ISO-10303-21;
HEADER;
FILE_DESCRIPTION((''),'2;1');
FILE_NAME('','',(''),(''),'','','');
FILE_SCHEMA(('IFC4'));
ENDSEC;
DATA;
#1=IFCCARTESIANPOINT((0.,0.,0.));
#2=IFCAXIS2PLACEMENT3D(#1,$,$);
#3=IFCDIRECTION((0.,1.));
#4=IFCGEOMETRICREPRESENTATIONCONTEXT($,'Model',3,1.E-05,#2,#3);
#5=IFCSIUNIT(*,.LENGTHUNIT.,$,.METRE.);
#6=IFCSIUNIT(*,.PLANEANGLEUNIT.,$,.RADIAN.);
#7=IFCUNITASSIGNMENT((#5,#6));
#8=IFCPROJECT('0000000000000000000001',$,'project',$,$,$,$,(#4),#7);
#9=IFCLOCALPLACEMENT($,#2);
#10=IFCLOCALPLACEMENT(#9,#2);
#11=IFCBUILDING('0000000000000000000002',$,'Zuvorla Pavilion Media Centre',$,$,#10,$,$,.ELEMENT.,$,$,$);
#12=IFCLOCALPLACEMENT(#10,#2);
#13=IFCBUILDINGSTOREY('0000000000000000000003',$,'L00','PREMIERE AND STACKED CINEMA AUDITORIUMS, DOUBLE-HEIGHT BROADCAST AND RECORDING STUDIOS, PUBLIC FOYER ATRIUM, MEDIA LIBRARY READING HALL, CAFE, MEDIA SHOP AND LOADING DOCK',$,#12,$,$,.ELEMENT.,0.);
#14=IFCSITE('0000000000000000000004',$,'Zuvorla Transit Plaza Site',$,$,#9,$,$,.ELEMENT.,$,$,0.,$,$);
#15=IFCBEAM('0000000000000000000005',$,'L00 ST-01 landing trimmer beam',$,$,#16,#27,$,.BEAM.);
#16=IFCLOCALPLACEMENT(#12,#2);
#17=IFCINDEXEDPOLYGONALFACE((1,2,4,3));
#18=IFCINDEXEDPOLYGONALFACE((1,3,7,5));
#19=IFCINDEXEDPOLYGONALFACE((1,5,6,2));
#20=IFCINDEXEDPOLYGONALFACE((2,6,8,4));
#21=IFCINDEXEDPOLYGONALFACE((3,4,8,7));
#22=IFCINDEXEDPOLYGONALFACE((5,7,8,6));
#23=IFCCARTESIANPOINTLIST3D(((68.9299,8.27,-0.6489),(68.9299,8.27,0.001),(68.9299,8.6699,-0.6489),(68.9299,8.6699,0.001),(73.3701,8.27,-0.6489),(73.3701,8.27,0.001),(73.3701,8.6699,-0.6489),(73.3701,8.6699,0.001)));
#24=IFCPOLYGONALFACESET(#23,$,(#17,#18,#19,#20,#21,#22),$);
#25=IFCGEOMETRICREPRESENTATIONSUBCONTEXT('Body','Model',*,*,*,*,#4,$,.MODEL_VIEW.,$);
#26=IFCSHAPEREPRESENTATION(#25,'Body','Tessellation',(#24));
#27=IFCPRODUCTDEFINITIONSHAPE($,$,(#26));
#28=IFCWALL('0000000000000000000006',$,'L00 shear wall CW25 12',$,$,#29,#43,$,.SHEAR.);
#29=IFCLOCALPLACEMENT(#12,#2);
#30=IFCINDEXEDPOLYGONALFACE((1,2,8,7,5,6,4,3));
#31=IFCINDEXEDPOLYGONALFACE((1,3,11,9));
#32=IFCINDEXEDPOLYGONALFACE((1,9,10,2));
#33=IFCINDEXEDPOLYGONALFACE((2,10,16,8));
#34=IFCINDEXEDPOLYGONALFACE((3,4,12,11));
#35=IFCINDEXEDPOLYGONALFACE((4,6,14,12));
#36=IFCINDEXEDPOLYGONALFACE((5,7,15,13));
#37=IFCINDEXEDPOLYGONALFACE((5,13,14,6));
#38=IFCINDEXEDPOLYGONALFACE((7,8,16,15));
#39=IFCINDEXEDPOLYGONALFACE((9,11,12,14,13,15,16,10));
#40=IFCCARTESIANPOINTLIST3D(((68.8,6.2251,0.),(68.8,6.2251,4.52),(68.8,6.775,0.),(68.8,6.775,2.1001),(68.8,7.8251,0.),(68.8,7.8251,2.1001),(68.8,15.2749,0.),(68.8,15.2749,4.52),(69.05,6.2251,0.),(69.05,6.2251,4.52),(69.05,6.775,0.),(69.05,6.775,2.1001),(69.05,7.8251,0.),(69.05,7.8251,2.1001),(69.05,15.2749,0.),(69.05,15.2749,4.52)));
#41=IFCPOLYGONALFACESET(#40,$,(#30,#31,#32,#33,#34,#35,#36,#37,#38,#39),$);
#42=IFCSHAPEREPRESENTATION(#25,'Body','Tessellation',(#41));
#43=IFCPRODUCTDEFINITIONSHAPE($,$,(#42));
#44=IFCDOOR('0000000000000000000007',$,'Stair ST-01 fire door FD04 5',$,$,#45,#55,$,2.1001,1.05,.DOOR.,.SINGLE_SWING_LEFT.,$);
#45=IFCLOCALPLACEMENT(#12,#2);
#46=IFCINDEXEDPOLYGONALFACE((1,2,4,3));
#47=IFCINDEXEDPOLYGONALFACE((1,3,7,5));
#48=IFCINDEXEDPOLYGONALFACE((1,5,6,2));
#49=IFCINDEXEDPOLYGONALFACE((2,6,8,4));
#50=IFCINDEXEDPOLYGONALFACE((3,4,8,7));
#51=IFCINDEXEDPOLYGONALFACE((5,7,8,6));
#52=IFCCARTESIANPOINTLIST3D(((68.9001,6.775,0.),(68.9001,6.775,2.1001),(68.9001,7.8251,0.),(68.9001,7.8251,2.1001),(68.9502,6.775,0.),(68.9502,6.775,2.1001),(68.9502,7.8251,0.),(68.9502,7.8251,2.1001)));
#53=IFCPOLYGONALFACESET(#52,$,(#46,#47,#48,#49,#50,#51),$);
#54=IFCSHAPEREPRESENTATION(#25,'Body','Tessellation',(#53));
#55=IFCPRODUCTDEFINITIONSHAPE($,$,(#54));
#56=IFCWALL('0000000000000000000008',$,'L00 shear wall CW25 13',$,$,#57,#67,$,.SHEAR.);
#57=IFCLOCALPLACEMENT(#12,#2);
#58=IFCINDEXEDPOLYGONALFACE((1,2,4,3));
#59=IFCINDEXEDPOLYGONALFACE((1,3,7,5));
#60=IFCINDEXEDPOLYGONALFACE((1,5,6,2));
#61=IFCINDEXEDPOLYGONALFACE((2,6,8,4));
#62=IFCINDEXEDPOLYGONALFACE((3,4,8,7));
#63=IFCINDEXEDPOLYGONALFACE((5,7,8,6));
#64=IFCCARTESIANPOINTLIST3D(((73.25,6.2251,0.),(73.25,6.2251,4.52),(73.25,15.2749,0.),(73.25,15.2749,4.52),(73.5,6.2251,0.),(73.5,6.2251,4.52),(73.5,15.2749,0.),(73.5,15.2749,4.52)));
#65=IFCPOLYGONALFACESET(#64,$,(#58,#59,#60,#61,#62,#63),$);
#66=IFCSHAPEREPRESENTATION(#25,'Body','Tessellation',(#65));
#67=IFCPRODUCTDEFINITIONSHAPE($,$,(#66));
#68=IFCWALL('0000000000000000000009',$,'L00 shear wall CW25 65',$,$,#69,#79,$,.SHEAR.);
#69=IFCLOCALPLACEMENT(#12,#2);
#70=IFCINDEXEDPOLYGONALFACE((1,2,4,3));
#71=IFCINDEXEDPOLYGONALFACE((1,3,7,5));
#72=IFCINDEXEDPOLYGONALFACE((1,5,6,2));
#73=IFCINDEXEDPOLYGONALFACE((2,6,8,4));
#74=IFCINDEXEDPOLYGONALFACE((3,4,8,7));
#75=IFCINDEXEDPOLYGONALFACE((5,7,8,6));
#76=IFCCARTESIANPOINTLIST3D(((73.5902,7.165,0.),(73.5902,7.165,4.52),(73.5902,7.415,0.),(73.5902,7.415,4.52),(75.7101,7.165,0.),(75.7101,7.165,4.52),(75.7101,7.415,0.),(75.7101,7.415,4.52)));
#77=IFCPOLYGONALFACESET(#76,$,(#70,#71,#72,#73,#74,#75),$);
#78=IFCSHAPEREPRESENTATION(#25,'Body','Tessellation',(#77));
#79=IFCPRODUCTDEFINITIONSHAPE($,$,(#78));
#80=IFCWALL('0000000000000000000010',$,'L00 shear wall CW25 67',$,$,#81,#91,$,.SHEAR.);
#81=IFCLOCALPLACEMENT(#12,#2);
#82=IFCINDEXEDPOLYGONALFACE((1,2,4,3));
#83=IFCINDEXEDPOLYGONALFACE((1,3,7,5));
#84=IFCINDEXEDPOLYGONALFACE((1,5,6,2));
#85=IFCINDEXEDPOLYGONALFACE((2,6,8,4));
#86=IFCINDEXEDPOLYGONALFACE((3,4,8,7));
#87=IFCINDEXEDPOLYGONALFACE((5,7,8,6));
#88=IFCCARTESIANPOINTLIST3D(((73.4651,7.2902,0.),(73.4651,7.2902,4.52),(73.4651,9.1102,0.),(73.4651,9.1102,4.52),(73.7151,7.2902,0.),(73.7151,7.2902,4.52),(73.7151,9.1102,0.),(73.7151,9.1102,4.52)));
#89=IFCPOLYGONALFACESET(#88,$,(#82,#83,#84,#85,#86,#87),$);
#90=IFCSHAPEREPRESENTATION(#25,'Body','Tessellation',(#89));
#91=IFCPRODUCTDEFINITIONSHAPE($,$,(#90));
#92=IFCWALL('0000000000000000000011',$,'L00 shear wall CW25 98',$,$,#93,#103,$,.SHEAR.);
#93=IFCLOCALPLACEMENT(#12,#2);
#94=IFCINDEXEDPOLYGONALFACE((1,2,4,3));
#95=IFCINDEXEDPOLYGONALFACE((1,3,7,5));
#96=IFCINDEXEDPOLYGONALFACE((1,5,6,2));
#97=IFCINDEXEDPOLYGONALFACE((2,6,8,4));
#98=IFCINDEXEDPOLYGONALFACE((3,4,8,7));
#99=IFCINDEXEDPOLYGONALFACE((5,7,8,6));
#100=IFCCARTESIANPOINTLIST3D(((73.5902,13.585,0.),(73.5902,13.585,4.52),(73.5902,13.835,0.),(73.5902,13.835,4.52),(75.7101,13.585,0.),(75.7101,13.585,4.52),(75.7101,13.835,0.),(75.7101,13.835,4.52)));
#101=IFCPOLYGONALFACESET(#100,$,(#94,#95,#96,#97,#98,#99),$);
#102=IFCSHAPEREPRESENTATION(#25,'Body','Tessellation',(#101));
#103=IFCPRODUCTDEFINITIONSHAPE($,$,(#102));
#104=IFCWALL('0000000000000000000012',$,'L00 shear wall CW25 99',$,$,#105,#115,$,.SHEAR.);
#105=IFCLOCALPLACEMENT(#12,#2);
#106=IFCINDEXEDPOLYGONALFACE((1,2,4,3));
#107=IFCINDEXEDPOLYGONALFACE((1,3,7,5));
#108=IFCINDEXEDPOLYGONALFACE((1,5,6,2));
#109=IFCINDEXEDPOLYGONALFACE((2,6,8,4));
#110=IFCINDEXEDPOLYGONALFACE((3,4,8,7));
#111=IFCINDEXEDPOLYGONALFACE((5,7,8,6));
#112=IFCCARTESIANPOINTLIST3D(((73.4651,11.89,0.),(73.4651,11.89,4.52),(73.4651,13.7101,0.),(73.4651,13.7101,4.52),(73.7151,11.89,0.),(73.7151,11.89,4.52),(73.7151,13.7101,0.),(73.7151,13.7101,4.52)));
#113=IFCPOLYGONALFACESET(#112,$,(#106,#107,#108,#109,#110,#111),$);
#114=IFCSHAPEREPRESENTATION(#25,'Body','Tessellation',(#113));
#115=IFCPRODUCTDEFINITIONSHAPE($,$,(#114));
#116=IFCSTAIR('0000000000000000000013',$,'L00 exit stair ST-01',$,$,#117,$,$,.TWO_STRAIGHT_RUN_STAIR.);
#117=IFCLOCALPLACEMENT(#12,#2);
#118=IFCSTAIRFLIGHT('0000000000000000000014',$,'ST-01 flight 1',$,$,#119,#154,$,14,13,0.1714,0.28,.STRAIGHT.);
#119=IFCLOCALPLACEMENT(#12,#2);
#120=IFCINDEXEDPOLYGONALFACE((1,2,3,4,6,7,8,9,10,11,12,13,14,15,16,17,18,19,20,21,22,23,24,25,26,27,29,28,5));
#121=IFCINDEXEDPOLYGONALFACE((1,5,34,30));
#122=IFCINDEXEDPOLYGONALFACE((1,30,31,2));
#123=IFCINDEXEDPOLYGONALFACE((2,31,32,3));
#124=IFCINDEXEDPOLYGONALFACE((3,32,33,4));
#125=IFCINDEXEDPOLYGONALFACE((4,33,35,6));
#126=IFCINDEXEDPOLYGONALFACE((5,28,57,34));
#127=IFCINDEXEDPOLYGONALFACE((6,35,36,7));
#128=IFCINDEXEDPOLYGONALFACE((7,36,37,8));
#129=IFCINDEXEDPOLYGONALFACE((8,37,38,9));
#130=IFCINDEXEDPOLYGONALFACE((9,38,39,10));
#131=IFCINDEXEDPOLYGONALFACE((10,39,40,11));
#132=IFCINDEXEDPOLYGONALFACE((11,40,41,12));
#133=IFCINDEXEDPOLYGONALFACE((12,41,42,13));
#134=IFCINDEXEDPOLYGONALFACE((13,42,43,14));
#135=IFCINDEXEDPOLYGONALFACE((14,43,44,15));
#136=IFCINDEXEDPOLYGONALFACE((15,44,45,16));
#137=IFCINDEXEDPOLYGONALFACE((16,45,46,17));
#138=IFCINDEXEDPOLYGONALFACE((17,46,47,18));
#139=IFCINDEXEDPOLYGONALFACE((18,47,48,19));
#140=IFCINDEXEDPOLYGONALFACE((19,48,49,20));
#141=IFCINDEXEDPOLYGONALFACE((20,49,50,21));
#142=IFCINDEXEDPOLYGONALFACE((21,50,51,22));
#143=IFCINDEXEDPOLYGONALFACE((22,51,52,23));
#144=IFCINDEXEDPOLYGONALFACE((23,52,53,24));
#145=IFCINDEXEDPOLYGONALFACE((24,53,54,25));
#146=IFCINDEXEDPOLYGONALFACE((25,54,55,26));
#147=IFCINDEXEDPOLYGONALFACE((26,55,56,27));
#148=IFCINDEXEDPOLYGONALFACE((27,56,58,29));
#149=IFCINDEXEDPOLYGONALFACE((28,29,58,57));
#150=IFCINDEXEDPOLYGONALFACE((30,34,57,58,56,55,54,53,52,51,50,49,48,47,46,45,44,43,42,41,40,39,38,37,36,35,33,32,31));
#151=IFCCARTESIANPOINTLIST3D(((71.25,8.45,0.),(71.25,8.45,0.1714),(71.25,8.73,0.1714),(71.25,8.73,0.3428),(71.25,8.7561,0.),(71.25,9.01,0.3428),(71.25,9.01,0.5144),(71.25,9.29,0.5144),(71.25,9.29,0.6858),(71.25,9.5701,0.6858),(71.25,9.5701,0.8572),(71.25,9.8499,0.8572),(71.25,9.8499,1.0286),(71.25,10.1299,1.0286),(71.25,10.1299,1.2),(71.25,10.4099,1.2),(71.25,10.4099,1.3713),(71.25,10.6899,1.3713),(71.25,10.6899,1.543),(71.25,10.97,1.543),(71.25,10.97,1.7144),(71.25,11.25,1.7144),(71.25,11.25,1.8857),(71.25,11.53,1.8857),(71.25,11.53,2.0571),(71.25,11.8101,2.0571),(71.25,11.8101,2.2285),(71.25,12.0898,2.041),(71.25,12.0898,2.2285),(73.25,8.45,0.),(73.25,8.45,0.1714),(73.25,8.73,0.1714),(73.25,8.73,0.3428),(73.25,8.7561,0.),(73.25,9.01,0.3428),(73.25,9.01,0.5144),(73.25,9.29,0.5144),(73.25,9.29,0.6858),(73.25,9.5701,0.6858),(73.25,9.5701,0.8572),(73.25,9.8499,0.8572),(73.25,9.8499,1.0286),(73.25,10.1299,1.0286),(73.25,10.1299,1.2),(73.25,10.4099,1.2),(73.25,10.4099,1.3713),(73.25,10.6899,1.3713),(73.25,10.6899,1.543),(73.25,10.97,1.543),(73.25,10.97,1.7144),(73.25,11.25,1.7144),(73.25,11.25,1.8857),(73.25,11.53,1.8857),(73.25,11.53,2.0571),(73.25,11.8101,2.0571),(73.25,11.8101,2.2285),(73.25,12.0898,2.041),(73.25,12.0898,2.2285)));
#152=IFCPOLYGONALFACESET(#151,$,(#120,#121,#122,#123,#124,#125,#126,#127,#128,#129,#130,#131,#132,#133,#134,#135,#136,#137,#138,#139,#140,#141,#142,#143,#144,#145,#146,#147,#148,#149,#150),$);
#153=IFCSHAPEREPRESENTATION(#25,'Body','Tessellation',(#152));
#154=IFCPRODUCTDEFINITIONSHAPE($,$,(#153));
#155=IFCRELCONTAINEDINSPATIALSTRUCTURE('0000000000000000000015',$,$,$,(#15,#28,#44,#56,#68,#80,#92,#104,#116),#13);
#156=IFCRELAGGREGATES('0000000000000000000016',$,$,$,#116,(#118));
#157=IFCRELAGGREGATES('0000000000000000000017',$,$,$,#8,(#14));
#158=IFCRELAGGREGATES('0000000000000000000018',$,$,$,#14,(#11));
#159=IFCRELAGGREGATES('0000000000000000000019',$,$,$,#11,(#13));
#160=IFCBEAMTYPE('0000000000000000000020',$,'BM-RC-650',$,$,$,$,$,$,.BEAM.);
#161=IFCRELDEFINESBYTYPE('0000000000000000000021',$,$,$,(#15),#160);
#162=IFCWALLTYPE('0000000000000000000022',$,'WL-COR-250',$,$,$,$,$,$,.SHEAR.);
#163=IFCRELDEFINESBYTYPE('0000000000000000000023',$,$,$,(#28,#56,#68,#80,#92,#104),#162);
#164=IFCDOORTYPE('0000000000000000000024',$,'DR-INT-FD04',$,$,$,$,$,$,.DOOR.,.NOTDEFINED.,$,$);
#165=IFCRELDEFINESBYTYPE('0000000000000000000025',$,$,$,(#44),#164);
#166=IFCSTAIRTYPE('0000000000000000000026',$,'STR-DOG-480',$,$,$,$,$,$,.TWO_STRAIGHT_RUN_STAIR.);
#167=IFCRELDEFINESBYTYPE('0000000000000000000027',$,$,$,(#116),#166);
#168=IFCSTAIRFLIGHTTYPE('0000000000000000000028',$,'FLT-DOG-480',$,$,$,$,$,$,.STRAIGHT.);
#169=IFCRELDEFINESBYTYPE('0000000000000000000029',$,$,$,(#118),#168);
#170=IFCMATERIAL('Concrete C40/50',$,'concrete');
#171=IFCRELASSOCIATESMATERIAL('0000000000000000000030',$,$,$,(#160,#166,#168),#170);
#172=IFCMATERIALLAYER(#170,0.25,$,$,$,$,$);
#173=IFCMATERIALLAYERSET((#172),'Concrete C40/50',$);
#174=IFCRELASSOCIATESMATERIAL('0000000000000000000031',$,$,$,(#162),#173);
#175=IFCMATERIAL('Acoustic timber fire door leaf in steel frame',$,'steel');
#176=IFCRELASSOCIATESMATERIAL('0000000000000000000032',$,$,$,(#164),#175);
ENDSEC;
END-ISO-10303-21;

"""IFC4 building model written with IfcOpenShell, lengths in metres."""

from ifc_helpers import new_model, si_unit, direction, frame, frame_2d, origin, origin_2d, place, context, subcontext, project, spatial, polyline, rectangle, outline, extrude, material, layer, layer_set, material_profile, profile_set, type_object, element, fill, aggregate, save


model = new_model("IFC4")

# Units and contexts
model_context = context("Model", 3, precision=1e-05, world=origin(), true_north=direction((0.0, 1.0)))
body_context = subcontext(model_context, "Body", "Model", "MODEL_VIEW")
ifc_project = project(units=[si_unit("LENGTHUNIT", "METRE"), si_unit("PLANEANGLEUNIT", "RADIAN")], contexts=[model_context])

# Site, building, storey
site_placement = place(None, origin())
site = spatial("IfcSite", under=ifc_project, at=site_placement, Name="Zuvorla Transit Plaza Site", CompositionType="ELEMENT", RefElevation=0.0)
building_placement = place(site_placement, origin())
building = spatial("IfcBuilding", under=site, at=building_placement, Name="Zuvorla Pavilion Media Centre", CompositionType="ELEMENT")
storey_placement = place(building_placement, origin())
storey = spatial("IfcBuildingStorey", under=building, at=storey_placement, Name="L00", Description="PREMIERE AND STACKED CINEMA AUDITORIUMS, DOUBLE-HEIGHT BROADCAST AND RECORDING STUDIOS, PUBLIC FOYER ATRIUM, MEDIA LIBRARY READING HALL, CAFE, MEDIA SHOP AND LOADING DOCK", CompositionType="ELEMENT", Elevation=0.0)

# Beam
ifc_material_1 = material(Name="Concrete C40/50", Category="concrete")
ifc_material_profile = material_profile(ifc_material_1, rectangle(XDim=0.3999, YDim=0.6499, at=origin_2d()), Name="RC 400x650")
ifc_profile_set = profile_set([ifc_material_profile], Name="Concrete C40/50")
beam_type = type_object("IfcBeamType", Name="BM-RC-650", PredefinedType="BEAM", material=ifc_profile_set)
beam_placement = place(storey_placement, frame((68.9299, 8.47, -0.324), z_axis=(1.0, 0.0, 0.0), x_axis=(0.0, 1.0, 0.0)))
element("IfcBeam", 1, at=beam_placement, inside=storey, type_object=beam_type, Name="L00 ST-01 landing trimmer beam", PredefinedType="BEAM", context=body_context, shape_type="SweptSolid", body=[
    extrude(rectangle(XDim=0.3999, YDim=0.6499, at=origin_2d()), origin(), (0.0, 0.0, 1.0), 4.4402),
])

# Wall, opening, door
ifc_layer = layer(ifc_material_1, 0.25)
ifc_layer_set = layer_set([ifc_layer], Name="Concrete C40/50")
wall_type = type_object("IfcWallType", Name="WL-COR-250", PredefinedType="SHEAR", material=ifc_layer_set)
wall_1_placement = place(storey_placement, frame((68.925, 6.2251, 0.0), z_axis=(0.0, 0.0, 1.0), x_axis=(0.0, 1.0, 0.0)))
wall_1 = element("IfcWall", 2, at=wall_1_placement, inside=storey, type_object=wall_type, Name="L00 shear wall CW25 12", PredefinedType="SHEAR", context=body_context, shape_type="SweptSolid", body=[
    extrude(rectangle(XDim=9.0498, YDim=0.25, at=frame_2d((4.5249, 0.0))), origin(), (0.0, 0.0, 1.0), 4.52),
])
opening_1_placement = place(wall_1_placement, frame((0.55, 0.0, 0.0)))
opening_1 = element("IfcOpeningElement", 3, at=opening_1_placement, cuts=wall_1, PredefinedType="OPENING", context=body_context, shape_type="SweptSolid", body=[
    extrude(rectangle(XDim=1.05, YDim=2.1001, at=frame_2d((0.5249, 1.05))), frame((0.0, 0.135, 0.0), z_axis=(0.0, -1.0, 0.0), x_axis=(1.0, 0.0, 0.0)), (0.0, 0.0, 1.0), 0.27),
])
ifc_material_2 = material(Name="Acoustic timber fire door leaf in steel frame", Category="steel")
door_type_1 = type_object("IfcDoorType", Name="DR-INT-FD04", OperationType="NOTDEFINED", PredefinedType="DOOR", material=ifc_material_2)
door_1_placement = place(opening_1_placement, origin())
door_1 = element("IfcDoor", 4, at=door_1_placement, inside=storey, type_object=door_type_1, Name="Stair ST-01 fire door FD04 5", OperationType="SINGLE_SWING_LEFT", OverallHeight=2.1001, OverallWidth=1.05, PredefinedType="DOOR", context=body_context, shape_type="SweptSolid", body=[
    extrude(rectangle(XDim=1.05, YDim=2.1001, at=frame_2d((0.5249, 1.05))), frame((0.0, 0.0249, 0.0), z_axis=(0.0, -1.0, 0.0), x_axis=(1.0, 0.0, 0.0)), (0.0, 0.0, 1.0), 0.05),
])
fill(opening_1, door_1)

# Walls
wall_2_placement = place(storey_placement, frame((73.375, 6.2251, 0.0), z_axis=(0.0, 0.0, 1.0), x_axis=(0.0, 1.0, 0.0)))
element("IfcWall", 5, at=wall_2_placement, inside=storey, type_object=wall_type, Name="L00 shear wall CW25 13", PredefinedType="SHEAR", context=body_context, shape_type="SweptSolid", body=[
    extrude(rectangle(XDim=9.0498, YDim=0.25, at=frame_2d((4.5249, 0.0))), origin(), (0.0, 0.0, 1.0), 4.52),
])
wall_3_placement = place(storey_placement, frame((73.5901, 7.29, 0.0), z_axis=(0.0, 0.0, 1.0), x_axis=(1.0, 0.0, 0.0)))
element("IfcWall", 6, at=wall_3_placement, inside=storey, type_object=wall_type, Name="L00 shear wall CW25 65", PredefinedType="SHEAR", context=body_context, shape_type="SweptSolid", body=[
    extrude(rectangle(XDim=2.1199, YDim=0.25, at=frame_2d((1.0601, 0.0))), origin(), (0.0, 0.0, 1.0), 4.52),
])

# Wall
wall_4_placement = place(storey_placement, frame((73.5901, 7.29, 0.0), z_axis=(0.0, 0.0, 1.0), x_axis=(0.0, 1.0, 0.0)))
element("IfcWall", 7, at=wall_4_placement, inside=storey, type_object=wall_type, Name="L00 shear wall CW25 67", PredefinedType="SHEAR", context=body_context, shape_type="SweptSolid", body=[
    extrude(rectangle(XDim=1.8201, YDim=0.25, at=frame_2d((0.9102, 0.0))), origin(), (0.0, 0.0, 1.0), 4.52),
])

# Walls
wall_5_placement = place(storey_placement, frame((73.5901, 13.71, 0.0), z_axis=(0.0, 0.0, 1.0), x_axis=(1.0, 0.0, 0.0)))
element("IfcWall", 8, at=wall_5_placement, inside=storey, type_object=wall_type, Name="L00 shear wall CW25 98", PredefinedType="SHEAR", context=body_context, shape_type="SweptSolid", body=[
    extrude(rectangle(XDim=2.1199, YDim=0.25, at=frame_2d((1.0601, 0.0))), origin(), (0.0, 0.0, 1.0), 4.52),
])
wall_6_placement = place(storey_placement, frame((73.5901, 11.8899, 0.0), z_axis=(0.0, 0.0, 1.0), x_axis=(0.0, 1.0, 0.0)))
element("IfcWall", 9, at=wall_6_placement, inside=storey, type_object=wall_type, Name="L00 shear wall CW25 99", PredefinedType="SHEAR", context=body_context, shape_type="SweptSolid", body=[
    extrude(rectangle(XDim=1.8201, YDim=0.25, at=frame_2d((0.9102, 0.0))), origin(), (0.0, 0.0, 1.0), 4.52),
])

# Stair, stair flight
stair_type = type_object("IfcStairType", Name="STR-DOG-480", PredefinedType="TWO_STRAIGHT_RUN_STAIR", material=ifc_material_1)
stair_placement = place(storey_placement, origin())
stair = element("IfcStair", 10, at=stair_placement, inside=storey, type_object=stair_type, Name="L00 exit stair ST-01", PredefinedType="TWO_STRAIGHT_RUN_STAIR")
stair_flight_type = type_object("IfcStairFlightType", Name="FLT-DOG-480", PredefinedType="STRAIGHT", material=ifc_material_1)
stair_flight_1_placement = place(storey_placement, frame((72.25, 8.45, 0.0), z_axis=(0.0, 0.0, 1.0), x_axis=(0.0, 1.0, 0.0)))
stair_flight_1 = element("IfcStairFlight", 11, at=stair_flight_1_placement, type_object=stair_flight_type, Name="ST-01 flight 1", NumberOfRisers=14, NumberOfTreads=13, PredefinedType="STRAIGHT", RiserHeight=0.1714, TreadLength=0.28, context=body_context, shape_type="SweptSolid", body=[
    extrude(outline(polyline([(0.0, 0.0), (0.0, 0.1714), (0.28, 0.1714), (0.28, 0.3428), (0.5601, 0.3428), (0.5601, 0.5144), (0.8401, 0.5144), (0.8401, 0.6858), (1.1201, 0.6858), (1.1201, 0.8572), (1.3999, 0.8572), (1.3999, 1.0286), (1.6799, 1.0286), (1.6799, 1.2), (1.96, 1.2), (1.96, 1.3713), (2.24, 1.3713), (2.24, 1.543), (2.52, 1.543), (2.52, 1.7144), (2.8, 1.7144), (2.8, 1.8857), (3.0801, 1.8857), (3.0801, 2.0571), (3.3601, 2.0571), (3.3601, 2.2285), (3.6399, 2.2285), (3.6399, 2.3999), (3.6399, 2.041), (0.3062, 0.0), (0.0, 0.0)])), frame((0.0, 1.0, 0.0), z_axis=(0.0, -1.0, 0.0), x_axis=(1.0, 0.0, 0.0)), (0.0, 0.0, 1.0), 2.0),
])
aggregate(stair, [stair_flight_1])

save(model, "model.ifc")
